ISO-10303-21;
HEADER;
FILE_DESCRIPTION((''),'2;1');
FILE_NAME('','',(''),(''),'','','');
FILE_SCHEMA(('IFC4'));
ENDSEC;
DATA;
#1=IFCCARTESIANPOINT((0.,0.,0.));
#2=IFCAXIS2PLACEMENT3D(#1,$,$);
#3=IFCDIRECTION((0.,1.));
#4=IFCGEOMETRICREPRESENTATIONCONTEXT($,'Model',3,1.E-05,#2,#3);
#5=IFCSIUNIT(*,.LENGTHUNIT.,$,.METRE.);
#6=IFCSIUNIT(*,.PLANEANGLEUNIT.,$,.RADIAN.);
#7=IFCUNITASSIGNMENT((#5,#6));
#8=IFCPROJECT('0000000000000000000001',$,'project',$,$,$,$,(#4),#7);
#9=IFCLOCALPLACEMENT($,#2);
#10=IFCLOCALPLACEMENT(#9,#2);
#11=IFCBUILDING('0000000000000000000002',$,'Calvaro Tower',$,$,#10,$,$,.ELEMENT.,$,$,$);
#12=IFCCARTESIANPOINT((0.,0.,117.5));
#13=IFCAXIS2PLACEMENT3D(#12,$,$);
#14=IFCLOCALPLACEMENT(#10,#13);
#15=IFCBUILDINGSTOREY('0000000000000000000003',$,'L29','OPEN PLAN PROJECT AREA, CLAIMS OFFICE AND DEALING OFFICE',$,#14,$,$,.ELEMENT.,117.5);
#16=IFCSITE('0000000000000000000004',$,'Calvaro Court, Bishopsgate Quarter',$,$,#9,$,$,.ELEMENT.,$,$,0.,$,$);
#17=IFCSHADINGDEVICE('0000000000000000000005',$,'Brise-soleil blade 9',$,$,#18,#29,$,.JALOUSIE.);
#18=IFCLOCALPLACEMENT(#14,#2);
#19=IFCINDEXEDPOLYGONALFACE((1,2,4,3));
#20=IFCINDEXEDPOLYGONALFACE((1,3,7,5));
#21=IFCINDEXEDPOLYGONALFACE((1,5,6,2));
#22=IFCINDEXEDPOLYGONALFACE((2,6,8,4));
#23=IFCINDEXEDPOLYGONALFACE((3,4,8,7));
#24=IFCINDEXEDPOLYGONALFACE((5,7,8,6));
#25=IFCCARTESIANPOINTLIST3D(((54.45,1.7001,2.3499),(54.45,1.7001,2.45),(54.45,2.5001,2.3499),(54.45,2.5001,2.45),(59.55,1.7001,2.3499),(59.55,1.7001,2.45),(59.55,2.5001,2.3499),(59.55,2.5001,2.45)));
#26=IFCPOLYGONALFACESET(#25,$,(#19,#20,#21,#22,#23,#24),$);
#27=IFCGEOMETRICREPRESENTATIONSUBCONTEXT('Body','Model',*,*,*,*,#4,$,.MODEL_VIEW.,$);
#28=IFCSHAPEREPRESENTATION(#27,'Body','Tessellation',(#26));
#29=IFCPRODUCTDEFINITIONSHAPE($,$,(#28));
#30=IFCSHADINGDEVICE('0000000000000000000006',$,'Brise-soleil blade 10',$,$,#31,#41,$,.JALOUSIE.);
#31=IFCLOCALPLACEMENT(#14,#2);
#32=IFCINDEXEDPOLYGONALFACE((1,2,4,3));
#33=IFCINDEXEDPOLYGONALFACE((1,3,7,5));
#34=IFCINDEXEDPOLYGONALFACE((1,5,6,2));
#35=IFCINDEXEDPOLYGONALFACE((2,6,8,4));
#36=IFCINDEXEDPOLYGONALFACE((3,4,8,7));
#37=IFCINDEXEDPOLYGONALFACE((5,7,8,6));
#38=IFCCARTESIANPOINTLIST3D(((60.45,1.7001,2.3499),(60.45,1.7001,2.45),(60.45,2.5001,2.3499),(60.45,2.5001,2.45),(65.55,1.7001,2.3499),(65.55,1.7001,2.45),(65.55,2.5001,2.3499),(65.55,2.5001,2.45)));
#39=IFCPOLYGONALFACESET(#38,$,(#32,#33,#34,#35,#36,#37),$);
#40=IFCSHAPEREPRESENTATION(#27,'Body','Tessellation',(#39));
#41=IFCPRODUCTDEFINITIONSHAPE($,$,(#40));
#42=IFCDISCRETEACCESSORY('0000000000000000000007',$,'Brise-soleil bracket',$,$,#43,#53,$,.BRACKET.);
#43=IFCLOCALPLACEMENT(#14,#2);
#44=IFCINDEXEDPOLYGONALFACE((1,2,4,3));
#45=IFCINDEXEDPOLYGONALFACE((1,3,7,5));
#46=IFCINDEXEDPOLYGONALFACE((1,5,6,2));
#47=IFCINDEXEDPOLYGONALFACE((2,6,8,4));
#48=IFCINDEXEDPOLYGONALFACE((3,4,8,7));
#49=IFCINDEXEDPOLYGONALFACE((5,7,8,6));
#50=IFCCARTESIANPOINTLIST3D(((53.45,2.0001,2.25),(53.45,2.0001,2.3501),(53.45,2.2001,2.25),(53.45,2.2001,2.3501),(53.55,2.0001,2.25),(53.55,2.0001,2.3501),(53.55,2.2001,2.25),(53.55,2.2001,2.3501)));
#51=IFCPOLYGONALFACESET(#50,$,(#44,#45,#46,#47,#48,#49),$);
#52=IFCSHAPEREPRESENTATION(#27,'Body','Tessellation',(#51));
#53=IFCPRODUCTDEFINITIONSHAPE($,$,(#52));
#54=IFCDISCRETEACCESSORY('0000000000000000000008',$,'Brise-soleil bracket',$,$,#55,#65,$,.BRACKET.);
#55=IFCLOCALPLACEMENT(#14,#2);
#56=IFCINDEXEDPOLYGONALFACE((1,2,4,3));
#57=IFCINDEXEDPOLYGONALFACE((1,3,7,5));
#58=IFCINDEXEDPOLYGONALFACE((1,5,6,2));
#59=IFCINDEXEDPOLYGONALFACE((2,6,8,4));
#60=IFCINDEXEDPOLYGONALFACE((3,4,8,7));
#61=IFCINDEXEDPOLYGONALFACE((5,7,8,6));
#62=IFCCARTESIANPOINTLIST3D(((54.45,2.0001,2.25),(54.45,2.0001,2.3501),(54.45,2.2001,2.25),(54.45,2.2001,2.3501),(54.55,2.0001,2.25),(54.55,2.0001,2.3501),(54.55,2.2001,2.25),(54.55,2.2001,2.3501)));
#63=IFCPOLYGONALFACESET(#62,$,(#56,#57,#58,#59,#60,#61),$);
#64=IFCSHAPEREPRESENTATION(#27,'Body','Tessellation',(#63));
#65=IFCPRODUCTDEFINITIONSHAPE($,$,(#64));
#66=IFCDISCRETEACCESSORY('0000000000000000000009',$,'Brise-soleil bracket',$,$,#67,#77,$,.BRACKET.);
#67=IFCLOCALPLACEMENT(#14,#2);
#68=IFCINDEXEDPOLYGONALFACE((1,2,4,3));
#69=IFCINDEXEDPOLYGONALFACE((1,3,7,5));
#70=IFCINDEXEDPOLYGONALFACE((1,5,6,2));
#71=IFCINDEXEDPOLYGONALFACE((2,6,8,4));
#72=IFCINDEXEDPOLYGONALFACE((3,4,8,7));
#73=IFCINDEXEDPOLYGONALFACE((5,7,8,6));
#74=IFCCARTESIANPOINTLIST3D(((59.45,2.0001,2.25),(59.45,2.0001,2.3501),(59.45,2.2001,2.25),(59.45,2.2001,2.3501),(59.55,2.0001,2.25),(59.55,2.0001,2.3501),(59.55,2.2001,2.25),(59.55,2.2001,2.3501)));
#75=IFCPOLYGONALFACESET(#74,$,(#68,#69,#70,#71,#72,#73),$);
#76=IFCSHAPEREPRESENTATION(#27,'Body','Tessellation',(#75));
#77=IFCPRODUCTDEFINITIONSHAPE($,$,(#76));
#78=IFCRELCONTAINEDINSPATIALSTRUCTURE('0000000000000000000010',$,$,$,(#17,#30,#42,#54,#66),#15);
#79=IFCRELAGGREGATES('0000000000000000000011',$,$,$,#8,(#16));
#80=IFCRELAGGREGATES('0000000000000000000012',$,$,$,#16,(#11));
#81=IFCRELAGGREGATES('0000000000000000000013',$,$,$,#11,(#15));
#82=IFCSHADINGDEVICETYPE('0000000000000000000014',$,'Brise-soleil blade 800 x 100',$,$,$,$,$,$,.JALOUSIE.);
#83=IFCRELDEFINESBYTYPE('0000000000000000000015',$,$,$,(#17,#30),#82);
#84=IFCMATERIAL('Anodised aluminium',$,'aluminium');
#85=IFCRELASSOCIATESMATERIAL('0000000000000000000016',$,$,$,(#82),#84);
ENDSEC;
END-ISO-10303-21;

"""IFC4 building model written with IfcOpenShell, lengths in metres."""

from ifc_helpers import new_model, si_unit, direction, frame, origin, origin_2d, place, context, subcontext, project, spatial, rectangle, extrude, material, material_profile, profile_set, type_object, element, save


model = new_model("IFC4")

# Units and contexts
model_context = context("Model", 3, precision=1e-05, world=origin(), true_north=direction((0.0, 1.0)))
body_context = subcontext(model_context, "Body", "Model", "MODEL_VIEW")
ifc_project = project(units=[si_unit("LENGTHUNIT", "METRE"), si_unit("PLANEANGLEUNIT", "RADIAN")], contexts=[model_context])

# Site, building, storey
site_placement = place(None, origin())
site = spatial("IfcSite", under=ifc_project, at=site_placement, Name="Calvaro Court, Bishopsgate Quarter", CompositionType="ELEMENT", RefElevation=0.0)
building_placement = place(site_placement, origin())
building = spatial("IfcBuilding", under=site, at=building_placement, Name="Calvaro Tower", CompositionType="ELEMENT")
storey_placement = place(building_placement, frame((0.0, 0.0, 117.5)))
storey = spatial("IfcBuildingStorey", under=building, at=storey_placement, Name="L29", Description="OPEN PLAN PROJECT AREA, CLAIMS OFFICE AND DEALING OFFICE", CompositionType="ELEMENT", Elevation=117.5)

# Shading devices
ifc_material_1 = material(Name="Anodised aluminium", Category="aluminium")
ifc_material_profile_1 = material_profile(ifc_material_1, rectangle(XDim=0.8, YDim=0.1001, at=origin_2d()), Name="Brise-soleil blade 800 x 100")
ifc_profile_set_1 = profile_set([ifc_material_profile_1], Name="Anodised aluminium")
shading_device_type = type_object("IfcShadingDeviceType", Name="Brise-soleil blade 800 x 100", PredefinedType="JALOUSIE", material=ifc_profile_set_1)
for number, where, z_axis, x_axis, name in (
    (1, (54.45, 2.1001, 2.3999), (1.0, 0.0, 0.0), (0.0, 1.0, 0.0), "Brise-soleil blade 9"),
    (2, (60.45, 2.1001, 2.3999), (1.0, 0.0, 0.0), (0.0, 1.0, 0.0), "Brise-soleil blade 10"),
):
    element("IfcShadingDevice", number, at=place(storey_placement, frame(where, z_axis=z_axis, x_axis=x_axis)), inside=storey, type_object=shading_device_type, Name=name, PredefinedType="JALOUSIE", context=body_context, shape_type="SweptSolid", body=[
        extrude(rectangle(XDim=0.8, YDim=0.1001, at=origin_2d()), origin(), (0.0, 0.0, 1.0), 5.1001),
    ])

# Discrete accessories
for number, where, z_axis, x_axis, name in (
    (3, (53.5, 2.1001, 2.25), (0.0, 0.0, 1.0), (1.0, 0.0, 0.0), "Brise-soleil bracket"),
    (4, (54.5, 2.1001, 2.25), (0.0, 0.0, 1.0), (1.0, 0.0, 0.0), "Brise-soleil bracket"),
    (5, (59.5, 2.1001, 2.25), (0.0, 0.0, 1.0), (1.0, 0.0, 0.0), "Brise-soleil bracket"),
):
    element("IfcDiscreteAccessory", number, at=place(storey_placement, frame(where, z_axis=z_axis, x_axis=x_axis)), inside=storey, Name=name, PredefinedType="BRACKET", context=body_context, shape_type="SweptSolid", body=[
        extrude(rectangle(XDim=0.1001, YDim=0.2, at=origin_2d()), origin(), (0.0, 0.0, 1.0), 0.1001),
    ])

save(model, "model.ifc")
